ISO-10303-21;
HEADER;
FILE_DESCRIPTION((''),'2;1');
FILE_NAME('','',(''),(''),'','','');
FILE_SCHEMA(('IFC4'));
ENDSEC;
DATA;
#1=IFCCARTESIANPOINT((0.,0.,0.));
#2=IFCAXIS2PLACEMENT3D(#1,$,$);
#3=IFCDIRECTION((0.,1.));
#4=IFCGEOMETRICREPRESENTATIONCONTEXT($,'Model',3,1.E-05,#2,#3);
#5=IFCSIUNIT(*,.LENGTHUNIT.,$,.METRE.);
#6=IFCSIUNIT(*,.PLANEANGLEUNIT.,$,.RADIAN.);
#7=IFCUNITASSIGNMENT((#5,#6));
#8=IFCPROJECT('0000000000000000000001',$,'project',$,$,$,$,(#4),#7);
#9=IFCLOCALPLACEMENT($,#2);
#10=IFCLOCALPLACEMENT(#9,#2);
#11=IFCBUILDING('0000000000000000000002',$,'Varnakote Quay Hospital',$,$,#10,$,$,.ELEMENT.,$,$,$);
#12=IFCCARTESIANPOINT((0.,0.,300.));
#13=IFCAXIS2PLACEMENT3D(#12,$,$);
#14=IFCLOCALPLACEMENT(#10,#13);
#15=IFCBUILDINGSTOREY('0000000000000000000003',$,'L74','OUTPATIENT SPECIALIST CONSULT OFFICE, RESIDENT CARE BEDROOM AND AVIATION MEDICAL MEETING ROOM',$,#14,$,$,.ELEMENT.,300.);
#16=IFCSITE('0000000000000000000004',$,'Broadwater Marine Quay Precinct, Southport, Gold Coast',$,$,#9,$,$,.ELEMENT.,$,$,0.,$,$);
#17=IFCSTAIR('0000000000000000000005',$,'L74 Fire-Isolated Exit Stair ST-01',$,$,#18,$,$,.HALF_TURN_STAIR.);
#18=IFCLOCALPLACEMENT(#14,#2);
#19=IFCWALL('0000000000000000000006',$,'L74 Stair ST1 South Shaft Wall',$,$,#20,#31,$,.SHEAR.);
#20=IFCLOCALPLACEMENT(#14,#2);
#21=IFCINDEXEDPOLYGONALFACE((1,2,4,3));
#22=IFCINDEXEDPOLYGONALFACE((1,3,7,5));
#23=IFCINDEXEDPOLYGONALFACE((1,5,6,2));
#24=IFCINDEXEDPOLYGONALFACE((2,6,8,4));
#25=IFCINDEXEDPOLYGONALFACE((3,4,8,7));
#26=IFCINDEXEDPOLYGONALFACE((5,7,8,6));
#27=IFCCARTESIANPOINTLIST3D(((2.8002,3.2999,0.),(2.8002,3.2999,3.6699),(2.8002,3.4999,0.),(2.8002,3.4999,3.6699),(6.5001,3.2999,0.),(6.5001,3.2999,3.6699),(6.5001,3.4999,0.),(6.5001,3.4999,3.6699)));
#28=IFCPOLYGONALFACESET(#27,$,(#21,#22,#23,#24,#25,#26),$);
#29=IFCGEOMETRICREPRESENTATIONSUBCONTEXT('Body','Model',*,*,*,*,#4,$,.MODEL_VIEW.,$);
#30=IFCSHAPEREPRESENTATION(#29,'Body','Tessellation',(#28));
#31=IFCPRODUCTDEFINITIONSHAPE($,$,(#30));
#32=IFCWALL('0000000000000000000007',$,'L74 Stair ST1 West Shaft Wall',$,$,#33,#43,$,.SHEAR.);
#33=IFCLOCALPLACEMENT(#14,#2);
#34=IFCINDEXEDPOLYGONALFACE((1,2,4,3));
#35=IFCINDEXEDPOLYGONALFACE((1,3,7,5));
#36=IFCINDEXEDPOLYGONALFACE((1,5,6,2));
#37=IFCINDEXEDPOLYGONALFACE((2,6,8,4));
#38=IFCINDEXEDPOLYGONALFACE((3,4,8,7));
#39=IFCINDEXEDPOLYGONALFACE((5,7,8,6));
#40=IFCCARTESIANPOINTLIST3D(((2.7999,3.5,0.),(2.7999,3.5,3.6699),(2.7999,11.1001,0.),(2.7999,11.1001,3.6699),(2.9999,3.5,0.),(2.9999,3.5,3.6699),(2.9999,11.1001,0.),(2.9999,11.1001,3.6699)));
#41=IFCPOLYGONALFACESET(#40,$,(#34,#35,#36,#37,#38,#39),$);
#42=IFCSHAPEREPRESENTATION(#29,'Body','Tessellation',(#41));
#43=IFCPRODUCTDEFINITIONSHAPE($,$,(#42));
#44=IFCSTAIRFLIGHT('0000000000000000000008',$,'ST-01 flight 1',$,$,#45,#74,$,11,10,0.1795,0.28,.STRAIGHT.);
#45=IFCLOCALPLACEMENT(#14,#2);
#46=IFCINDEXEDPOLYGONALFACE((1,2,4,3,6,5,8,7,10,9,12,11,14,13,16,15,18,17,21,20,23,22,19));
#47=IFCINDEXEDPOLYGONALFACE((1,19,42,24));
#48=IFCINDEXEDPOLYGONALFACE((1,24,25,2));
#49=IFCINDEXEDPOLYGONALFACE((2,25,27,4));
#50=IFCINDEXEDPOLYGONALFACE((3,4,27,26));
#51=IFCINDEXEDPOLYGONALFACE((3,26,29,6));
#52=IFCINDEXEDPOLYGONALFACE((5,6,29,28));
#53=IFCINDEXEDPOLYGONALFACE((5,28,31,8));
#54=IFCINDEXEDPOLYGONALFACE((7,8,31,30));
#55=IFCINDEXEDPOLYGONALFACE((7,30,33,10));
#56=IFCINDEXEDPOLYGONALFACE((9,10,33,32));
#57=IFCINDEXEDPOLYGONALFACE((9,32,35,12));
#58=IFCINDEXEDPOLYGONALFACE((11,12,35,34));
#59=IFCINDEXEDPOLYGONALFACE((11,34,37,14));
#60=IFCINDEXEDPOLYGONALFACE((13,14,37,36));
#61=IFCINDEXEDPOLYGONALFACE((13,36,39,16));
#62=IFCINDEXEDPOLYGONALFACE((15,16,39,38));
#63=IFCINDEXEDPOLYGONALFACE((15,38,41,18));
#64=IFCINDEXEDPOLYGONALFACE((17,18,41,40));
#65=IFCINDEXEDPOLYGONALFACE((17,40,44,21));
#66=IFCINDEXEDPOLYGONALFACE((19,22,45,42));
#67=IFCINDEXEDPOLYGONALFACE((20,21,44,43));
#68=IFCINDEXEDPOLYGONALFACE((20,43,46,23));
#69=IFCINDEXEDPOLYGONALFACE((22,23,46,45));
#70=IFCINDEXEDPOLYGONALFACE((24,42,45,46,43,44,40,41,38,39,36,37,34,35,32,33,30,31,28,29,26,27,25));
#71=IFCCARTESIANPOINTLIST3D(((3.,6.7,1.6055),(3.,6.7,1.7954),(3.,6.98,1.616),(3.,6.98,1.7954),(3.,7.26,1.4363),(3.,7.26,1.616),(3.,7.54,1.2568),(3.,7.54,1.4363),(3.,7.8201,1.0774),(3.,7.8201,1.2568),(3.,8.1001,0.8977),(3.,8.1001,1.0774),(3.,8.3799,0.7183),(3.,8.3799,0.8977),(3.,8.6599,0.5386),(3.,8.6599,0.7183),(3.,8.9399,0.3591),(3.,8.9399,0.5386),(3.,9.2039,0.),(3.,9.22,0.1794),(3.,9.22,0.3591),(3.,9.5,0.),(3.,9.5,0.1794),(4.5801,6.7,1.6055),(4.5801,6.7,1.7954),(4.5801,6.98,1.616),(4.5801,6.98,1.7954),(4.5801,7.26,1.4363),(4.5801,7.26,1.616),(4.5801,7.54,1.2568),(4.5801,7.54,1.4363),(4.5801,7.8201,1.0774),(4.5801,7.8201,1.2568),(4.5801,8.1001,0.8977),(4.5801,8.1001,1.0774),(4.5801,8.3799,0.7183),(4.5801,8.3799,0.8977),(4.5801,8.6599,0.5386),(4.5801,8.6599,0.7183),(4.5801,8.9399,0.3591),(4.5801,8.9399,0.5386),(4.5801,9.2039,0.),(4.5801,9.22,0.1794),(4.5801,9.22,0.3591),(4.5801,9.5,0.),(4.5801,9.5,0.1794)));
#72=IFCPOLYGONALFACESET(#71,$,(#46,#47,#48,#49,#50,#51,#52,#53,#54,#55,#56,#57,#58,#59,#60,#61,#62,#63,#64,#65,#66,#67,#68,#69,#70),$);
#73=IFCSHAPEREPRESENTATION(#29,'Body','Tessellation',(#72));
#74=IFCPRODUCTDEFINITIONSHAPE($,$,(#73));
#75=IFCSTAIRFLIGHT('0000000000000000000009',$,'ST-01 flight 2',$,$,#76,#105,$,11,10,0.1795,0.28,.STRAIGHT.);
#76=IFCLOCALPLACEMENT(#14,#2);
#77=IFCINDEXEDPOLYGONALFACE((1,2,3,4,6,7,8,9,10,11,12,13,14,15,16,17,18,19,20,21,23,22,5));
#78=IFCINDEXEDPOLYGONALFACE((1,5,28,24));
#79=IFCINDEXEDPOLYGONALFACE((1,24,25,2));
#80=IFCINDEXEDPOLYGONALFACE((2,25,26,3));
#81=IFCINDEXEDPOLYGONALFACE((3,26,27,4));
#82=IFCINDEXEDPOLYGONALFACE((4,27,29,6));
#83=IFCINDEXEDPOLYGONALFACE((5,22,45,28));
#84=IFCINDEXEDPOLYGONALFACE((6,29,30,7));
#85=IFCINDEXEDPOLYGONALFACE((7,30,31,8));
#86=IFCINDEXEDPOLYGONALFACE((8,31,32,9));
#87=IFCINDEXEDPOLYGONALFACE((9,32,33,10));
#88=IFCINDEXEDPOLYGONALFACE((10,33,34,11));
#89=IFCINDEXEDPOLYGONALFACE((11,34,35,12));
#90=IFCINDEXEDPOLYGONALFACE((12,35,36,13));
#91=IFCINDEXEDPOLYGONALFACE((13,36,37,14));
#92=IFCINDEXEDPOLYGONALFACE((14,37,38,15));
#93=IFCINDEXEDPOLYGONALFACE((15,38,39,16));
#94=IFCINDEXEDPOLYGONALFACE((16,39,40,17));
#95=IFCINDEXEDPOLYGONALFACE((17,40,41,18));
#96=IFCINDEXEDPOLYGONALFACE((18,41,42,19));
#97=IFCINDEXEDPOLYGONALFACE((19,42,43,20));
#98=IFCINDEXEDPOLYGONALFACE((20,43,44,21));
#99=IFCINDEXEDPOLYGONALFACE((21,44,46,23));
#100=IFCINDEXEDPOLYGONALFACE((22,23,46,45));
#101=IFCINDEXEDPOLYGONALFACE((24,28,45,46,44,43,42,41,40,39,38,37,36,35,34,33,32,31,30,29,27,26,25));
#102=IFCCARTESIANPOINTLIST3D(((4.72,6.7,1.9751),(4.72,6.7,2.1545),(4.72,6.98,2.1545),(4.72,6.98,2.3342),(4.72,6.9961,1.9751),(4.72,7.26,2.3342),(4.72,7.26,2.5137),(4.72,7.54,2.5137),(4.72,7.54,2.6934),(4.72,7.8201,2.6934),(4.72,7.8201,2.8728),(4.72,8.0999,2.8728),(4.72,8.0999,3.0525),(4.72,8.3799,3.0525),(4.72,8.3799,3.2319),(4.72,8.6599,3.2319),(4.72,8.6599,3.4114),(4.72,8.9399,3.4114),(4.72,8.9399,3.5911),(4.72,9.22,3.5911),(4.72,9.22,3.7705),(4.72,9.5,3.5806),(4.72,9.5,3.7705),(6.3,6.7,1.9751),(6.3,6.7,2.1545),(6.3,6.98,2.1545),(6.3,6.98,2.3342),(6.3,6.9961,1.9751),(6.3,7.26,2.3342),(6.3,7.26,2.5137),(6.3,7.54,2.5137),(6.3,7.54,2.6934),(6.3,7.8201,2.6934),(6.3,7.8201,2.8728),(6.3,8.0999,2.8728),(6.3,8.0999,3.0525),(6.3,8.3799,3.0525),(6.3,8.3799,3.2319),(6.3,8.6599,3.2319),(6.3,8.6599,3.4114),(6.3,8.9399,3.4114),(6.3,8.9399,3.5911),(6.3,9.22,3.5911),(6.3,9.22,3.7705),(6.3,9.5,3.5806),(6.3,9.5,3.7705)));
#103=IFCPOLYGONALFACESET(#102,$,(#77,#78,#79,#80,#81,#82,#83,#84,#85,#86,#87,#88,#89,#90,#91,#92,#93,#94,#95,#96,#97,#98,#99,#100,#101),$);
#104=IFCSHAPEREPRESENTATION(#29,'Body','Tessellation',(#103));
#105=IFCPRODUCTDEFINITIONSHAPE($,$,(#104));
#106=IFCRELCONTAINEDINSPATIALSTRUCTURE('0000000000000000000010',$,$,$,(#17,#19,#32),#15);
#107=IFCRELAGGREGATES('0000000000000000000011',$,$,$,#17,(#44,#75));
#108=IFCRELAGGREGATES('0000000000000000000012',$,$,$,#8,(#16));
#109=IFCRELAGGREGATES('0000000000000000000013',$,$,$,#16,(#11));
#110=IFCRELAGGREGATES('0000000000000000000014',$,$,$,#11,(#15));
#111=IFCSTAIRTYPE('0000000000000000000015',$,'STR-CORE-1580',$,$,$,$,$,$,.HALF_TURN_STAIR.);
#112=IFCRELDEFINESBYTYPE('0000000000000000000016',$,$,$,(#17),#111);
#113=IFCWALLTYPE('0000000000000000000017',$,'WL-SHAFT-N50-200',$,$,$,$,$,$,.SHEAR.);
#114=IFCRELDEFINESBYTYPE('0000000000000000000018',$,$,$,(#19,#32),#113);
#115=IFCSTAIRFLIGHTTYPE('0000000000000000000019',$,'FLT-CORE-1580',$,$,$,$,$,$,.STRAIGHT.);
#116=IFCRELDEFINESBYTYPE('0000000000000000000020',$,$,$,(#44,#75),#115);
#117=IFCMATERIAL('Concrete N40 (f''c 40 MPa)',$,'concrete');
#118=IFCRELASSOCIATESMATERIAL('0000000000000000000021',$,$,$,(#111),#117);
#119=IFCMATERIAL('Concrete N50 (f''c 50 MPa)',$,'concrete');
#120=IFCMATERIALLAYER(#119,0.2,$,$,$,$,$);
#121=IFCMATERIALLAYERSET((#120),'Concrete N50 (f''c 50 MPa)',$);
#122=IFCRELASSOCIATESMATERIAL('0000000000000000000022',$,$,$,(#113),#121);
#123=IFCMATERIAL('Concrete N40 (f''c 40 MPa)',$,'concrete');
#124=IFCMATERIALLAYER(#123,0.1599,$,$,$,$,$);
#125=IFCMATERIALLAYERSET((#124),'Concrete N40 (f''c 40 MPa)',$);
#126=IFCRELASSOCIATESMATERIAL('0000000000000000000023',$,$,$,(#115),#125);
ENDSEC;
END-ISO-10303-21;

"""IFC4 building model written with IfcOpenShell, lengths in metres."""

from ifc_helpers import new_model, si_unit, direction, frame, frame_2d, origin, place, context, subcontext, project, spatial, polyline, rectangle, outline, extrude, material, layer, layer_set, type_object, element, aggregate, save


model = new_model("IFC4")

# Units and contexts
model_context = context("Model", 3, precision=1e-05, world=origin(), true_north=direction((0.0, 1.0)))
body_context = subcontext(model_context, "Body", "Model", "MODEL_VIEW")
ifc_project = project(units=[si_unit("LENGTHUNIT", "METRE"), si_unit("PLANEANGLEUNIT", "RADIAN")], contexts=[model_context])

# Site, building, storey
site_placement = place(None, origin())
site = spatial("IfcSite", under=ifc_project, at=site_placement, Name="Broadwater Marine Quay Precinct, Southport, Gold Coast", CompositionType="ELEMENT", RefElevation=0.0)
building_placement = place(site_placement, origin())
building = spatial("IfcBuilding", under=site, at=building_placement, Name="Varnakote Quay Hospital", CompositionType="ELEMENT")
storey_placement = place(building_placement, frame((0.0, 0.0, 300.0)))
storey = spatial("IfcBuildingStorey", under=building, at=storey_placement, Name="L74", Description="OUTPATIENT SPECIALIST CONSULT OFFICE, RESIDENT CARE BEDROOM AND AVIATION MEDICAL MEETING ROOM", CompositionType="ELEMENT", Elevation=300.0)

# Stair
ifc_material_1 = material(Name="Concrete N40 (f'c 40 MPa)", Category="concrete")
stair_type = type_object("IfcStairType", Name="STR-CORE-1580", PredefinedType="HALF_TURN_STAIR", material=ifc_material_1)
stair_1_placement = place(storey_placement, origin())
stair_1 = element("IfcStair", 1, at=stair_1_placement, inside=storey, type_object=stair_type, Name="L74 Fire-Isolated Exit Stair ST-01", PredefinedType="HALF_TURN_STAIR")

# Walls
ifc_material_2 = material(Name="Concrete N50 (f'c 50 MPa)", Category="concrete")
ifc_layer_1 = layer(ifc_material_2, 0.2)
ifc_layer_set_1 = layer_set([ifc_layer_1], Name="Concrete N50 (f'c 50 MPa)")
wall_type_1 = type_object("IfcWallType", Name="WL-SHAFT-N50-200", PredefinedType="SHEAR", material=ifc_layer_set_1)
wall_1_placement = place(storey_placement, frame((2.8, 3.3999, 0.0), z_axis=(0.0, 0.0, 1.0), x_axis=(1.0, 0.0, 0.0)))
element("IfcWall", 2, at=wall_1_placement, inside=storey, type_object=wall_type_1, Name="L74 Stair ST1 South Shaft Wall", PredefinedType="SHEAR", context=body_context, shape_type="SweptSolid", body=[
    extrude(rectangle(XDim=3.7, YDim=0.2, at=frame_2d((1.8501, 0.0))), origin(), (0.0, 0.0, 1.0), 3.6699),
])
wall_2_placement = place(storey_placement, frame((2.8999, 3.5, 0.0), z_axis=(0.0, 0.0, 1.0), x_axis=(0.0, 1.0, 0.0)))
element("IfcWall", 3, at=wall_2_placement, inside=storey, type_object=wall_type_1, Name="L74 Stair ST1 West Shaft Wall", PredefinedType="SHEAR", context=body_context, shape_type="SweptSolid", body=[
    extrude(rectangle(XDim=7.6001, YDim=0.2, at=frame_2d((3.8, 0.0))), origin(), (0.0, 0.0, 1.0), 3.6699),
])

# Stair flights
ifc_material_3 = material(Name="Concrete N40 (f'c 40 MPa)", Category="concrete")
ifc_layer_2 = layer(ifc_material_3, 0.1599)
ifc_layer_set_2 = layer_set([ifc_layer_2], Name="Concrete N40 (f'c 40 MPa)")
stair_flight_type = type_object("IfcStairFlightType", Name="FLT-CORE-1580", PredefinedType="STRAIGHT", material=ifc_layer_set_2)
stair_flight_1_placement = place(storey_placement, frame((3.79, 9.5, 0.0), z_axis=(0.0, 0.0, 1.0), x_axis=(0.0, -1.0, 0.0)))
stair_flight_1 = element("IfcStairFlight", 4, at=stair_flight_1_placement, type_object=stair_flight_type, Name="ST-01 flight 1", NumberOfRisers=11, NumberOfTreads=10, PredefinedType="STRAIGHT", RiserHeight=0.1795, TreadLength=0.28, context=body_context, shape_type="SweptSolid", body=[
    extrude(outline(polyline([(0.0, 0.0), (0.0, 0.1794), (0.28, 0.1794), (0.28, 0.3591), (0.5601, 0.3591), (0.5601, 0.5386), (0.8401, 0.5386), (0.8401, 0.7183), (1.1201, 0.7183), (1.1201, 0.8977), (1.3999, 0.8977), (1.3999, 1.0774), (1.6799, 1.0774), (1.6799, 1.2568), (1.96, 1.2568), (1.96, 1.4363), (2.24, 1.4363), (2.24, 1.616), (2.52, 1.616), (2.52, 1.7954), (2.8, 1.7954), (2.8, 1.9751), (2.8, 1.6055), (0.2961, 0.0), (0.0, 0.0)])), frame((0.0, 0.79, 0.0), z_axis=(0.0, -1.0, 0.0), x_axis=(1.0, 0.0, 0.0)), (0.0, 0.0, 1.0), 1.5801),
])
stair_flight_2_placement = place(storey_placement, frame((5.51, 6.7, 1.9751), z_axis=(0.0, 0.0, 1.0), x_axis=(0.0, 1.0, 0.0)))
stair_flight_2 = element("IfcStairFlight", 5, at=stair_flight_2_placement, type_object=stair_flight_type, Name="ST-01 flight 2", NumberOfRisers=11, NumberOfTreads=10, PredefinedType="STRAIGHT", RiserHeight=0.1795, TreadLength=0.28, context=body_context, shape_type="SweptSolid", body=[
    extrude(outline(polyline([(0.0, 0.0), (0.0, 0.1794), (0.28, 0.1794), (0.28, 0.3591), (0.5601, 0.3591), (0.5601, 0.5386), (0.8401, 0.5386), (0.8401, 0.7183), (1.1201, 0.7183), (1.1201, 0.8977), (1.3999, 0.8977), (1.3999, 1.0774), (1.6799, 1.0774), (1.6799, 1.2568), (1.96, 1.2568), (1.96, 1.4363), (2.24, 1.4363), (2.24, 1.616), (2.52, 1.616), (2.52, 1.7954), (2.8, 1.7954), (2.8, 1.9751), (2.8, 1.6055), (0.2961, 0.0), (0.0, 0.0)])), frame((0.0, 0.79, 0.0), z_axis=(0.0, -1.0, 0.0), x_axis=(1.0, 0.0, 0.0)), (0.0, 0.0, 1.0), 1.5801),
])
aggregate(stair_1, [stair_flight_1, stair_flight_2])

save(model, "model.ifc")
